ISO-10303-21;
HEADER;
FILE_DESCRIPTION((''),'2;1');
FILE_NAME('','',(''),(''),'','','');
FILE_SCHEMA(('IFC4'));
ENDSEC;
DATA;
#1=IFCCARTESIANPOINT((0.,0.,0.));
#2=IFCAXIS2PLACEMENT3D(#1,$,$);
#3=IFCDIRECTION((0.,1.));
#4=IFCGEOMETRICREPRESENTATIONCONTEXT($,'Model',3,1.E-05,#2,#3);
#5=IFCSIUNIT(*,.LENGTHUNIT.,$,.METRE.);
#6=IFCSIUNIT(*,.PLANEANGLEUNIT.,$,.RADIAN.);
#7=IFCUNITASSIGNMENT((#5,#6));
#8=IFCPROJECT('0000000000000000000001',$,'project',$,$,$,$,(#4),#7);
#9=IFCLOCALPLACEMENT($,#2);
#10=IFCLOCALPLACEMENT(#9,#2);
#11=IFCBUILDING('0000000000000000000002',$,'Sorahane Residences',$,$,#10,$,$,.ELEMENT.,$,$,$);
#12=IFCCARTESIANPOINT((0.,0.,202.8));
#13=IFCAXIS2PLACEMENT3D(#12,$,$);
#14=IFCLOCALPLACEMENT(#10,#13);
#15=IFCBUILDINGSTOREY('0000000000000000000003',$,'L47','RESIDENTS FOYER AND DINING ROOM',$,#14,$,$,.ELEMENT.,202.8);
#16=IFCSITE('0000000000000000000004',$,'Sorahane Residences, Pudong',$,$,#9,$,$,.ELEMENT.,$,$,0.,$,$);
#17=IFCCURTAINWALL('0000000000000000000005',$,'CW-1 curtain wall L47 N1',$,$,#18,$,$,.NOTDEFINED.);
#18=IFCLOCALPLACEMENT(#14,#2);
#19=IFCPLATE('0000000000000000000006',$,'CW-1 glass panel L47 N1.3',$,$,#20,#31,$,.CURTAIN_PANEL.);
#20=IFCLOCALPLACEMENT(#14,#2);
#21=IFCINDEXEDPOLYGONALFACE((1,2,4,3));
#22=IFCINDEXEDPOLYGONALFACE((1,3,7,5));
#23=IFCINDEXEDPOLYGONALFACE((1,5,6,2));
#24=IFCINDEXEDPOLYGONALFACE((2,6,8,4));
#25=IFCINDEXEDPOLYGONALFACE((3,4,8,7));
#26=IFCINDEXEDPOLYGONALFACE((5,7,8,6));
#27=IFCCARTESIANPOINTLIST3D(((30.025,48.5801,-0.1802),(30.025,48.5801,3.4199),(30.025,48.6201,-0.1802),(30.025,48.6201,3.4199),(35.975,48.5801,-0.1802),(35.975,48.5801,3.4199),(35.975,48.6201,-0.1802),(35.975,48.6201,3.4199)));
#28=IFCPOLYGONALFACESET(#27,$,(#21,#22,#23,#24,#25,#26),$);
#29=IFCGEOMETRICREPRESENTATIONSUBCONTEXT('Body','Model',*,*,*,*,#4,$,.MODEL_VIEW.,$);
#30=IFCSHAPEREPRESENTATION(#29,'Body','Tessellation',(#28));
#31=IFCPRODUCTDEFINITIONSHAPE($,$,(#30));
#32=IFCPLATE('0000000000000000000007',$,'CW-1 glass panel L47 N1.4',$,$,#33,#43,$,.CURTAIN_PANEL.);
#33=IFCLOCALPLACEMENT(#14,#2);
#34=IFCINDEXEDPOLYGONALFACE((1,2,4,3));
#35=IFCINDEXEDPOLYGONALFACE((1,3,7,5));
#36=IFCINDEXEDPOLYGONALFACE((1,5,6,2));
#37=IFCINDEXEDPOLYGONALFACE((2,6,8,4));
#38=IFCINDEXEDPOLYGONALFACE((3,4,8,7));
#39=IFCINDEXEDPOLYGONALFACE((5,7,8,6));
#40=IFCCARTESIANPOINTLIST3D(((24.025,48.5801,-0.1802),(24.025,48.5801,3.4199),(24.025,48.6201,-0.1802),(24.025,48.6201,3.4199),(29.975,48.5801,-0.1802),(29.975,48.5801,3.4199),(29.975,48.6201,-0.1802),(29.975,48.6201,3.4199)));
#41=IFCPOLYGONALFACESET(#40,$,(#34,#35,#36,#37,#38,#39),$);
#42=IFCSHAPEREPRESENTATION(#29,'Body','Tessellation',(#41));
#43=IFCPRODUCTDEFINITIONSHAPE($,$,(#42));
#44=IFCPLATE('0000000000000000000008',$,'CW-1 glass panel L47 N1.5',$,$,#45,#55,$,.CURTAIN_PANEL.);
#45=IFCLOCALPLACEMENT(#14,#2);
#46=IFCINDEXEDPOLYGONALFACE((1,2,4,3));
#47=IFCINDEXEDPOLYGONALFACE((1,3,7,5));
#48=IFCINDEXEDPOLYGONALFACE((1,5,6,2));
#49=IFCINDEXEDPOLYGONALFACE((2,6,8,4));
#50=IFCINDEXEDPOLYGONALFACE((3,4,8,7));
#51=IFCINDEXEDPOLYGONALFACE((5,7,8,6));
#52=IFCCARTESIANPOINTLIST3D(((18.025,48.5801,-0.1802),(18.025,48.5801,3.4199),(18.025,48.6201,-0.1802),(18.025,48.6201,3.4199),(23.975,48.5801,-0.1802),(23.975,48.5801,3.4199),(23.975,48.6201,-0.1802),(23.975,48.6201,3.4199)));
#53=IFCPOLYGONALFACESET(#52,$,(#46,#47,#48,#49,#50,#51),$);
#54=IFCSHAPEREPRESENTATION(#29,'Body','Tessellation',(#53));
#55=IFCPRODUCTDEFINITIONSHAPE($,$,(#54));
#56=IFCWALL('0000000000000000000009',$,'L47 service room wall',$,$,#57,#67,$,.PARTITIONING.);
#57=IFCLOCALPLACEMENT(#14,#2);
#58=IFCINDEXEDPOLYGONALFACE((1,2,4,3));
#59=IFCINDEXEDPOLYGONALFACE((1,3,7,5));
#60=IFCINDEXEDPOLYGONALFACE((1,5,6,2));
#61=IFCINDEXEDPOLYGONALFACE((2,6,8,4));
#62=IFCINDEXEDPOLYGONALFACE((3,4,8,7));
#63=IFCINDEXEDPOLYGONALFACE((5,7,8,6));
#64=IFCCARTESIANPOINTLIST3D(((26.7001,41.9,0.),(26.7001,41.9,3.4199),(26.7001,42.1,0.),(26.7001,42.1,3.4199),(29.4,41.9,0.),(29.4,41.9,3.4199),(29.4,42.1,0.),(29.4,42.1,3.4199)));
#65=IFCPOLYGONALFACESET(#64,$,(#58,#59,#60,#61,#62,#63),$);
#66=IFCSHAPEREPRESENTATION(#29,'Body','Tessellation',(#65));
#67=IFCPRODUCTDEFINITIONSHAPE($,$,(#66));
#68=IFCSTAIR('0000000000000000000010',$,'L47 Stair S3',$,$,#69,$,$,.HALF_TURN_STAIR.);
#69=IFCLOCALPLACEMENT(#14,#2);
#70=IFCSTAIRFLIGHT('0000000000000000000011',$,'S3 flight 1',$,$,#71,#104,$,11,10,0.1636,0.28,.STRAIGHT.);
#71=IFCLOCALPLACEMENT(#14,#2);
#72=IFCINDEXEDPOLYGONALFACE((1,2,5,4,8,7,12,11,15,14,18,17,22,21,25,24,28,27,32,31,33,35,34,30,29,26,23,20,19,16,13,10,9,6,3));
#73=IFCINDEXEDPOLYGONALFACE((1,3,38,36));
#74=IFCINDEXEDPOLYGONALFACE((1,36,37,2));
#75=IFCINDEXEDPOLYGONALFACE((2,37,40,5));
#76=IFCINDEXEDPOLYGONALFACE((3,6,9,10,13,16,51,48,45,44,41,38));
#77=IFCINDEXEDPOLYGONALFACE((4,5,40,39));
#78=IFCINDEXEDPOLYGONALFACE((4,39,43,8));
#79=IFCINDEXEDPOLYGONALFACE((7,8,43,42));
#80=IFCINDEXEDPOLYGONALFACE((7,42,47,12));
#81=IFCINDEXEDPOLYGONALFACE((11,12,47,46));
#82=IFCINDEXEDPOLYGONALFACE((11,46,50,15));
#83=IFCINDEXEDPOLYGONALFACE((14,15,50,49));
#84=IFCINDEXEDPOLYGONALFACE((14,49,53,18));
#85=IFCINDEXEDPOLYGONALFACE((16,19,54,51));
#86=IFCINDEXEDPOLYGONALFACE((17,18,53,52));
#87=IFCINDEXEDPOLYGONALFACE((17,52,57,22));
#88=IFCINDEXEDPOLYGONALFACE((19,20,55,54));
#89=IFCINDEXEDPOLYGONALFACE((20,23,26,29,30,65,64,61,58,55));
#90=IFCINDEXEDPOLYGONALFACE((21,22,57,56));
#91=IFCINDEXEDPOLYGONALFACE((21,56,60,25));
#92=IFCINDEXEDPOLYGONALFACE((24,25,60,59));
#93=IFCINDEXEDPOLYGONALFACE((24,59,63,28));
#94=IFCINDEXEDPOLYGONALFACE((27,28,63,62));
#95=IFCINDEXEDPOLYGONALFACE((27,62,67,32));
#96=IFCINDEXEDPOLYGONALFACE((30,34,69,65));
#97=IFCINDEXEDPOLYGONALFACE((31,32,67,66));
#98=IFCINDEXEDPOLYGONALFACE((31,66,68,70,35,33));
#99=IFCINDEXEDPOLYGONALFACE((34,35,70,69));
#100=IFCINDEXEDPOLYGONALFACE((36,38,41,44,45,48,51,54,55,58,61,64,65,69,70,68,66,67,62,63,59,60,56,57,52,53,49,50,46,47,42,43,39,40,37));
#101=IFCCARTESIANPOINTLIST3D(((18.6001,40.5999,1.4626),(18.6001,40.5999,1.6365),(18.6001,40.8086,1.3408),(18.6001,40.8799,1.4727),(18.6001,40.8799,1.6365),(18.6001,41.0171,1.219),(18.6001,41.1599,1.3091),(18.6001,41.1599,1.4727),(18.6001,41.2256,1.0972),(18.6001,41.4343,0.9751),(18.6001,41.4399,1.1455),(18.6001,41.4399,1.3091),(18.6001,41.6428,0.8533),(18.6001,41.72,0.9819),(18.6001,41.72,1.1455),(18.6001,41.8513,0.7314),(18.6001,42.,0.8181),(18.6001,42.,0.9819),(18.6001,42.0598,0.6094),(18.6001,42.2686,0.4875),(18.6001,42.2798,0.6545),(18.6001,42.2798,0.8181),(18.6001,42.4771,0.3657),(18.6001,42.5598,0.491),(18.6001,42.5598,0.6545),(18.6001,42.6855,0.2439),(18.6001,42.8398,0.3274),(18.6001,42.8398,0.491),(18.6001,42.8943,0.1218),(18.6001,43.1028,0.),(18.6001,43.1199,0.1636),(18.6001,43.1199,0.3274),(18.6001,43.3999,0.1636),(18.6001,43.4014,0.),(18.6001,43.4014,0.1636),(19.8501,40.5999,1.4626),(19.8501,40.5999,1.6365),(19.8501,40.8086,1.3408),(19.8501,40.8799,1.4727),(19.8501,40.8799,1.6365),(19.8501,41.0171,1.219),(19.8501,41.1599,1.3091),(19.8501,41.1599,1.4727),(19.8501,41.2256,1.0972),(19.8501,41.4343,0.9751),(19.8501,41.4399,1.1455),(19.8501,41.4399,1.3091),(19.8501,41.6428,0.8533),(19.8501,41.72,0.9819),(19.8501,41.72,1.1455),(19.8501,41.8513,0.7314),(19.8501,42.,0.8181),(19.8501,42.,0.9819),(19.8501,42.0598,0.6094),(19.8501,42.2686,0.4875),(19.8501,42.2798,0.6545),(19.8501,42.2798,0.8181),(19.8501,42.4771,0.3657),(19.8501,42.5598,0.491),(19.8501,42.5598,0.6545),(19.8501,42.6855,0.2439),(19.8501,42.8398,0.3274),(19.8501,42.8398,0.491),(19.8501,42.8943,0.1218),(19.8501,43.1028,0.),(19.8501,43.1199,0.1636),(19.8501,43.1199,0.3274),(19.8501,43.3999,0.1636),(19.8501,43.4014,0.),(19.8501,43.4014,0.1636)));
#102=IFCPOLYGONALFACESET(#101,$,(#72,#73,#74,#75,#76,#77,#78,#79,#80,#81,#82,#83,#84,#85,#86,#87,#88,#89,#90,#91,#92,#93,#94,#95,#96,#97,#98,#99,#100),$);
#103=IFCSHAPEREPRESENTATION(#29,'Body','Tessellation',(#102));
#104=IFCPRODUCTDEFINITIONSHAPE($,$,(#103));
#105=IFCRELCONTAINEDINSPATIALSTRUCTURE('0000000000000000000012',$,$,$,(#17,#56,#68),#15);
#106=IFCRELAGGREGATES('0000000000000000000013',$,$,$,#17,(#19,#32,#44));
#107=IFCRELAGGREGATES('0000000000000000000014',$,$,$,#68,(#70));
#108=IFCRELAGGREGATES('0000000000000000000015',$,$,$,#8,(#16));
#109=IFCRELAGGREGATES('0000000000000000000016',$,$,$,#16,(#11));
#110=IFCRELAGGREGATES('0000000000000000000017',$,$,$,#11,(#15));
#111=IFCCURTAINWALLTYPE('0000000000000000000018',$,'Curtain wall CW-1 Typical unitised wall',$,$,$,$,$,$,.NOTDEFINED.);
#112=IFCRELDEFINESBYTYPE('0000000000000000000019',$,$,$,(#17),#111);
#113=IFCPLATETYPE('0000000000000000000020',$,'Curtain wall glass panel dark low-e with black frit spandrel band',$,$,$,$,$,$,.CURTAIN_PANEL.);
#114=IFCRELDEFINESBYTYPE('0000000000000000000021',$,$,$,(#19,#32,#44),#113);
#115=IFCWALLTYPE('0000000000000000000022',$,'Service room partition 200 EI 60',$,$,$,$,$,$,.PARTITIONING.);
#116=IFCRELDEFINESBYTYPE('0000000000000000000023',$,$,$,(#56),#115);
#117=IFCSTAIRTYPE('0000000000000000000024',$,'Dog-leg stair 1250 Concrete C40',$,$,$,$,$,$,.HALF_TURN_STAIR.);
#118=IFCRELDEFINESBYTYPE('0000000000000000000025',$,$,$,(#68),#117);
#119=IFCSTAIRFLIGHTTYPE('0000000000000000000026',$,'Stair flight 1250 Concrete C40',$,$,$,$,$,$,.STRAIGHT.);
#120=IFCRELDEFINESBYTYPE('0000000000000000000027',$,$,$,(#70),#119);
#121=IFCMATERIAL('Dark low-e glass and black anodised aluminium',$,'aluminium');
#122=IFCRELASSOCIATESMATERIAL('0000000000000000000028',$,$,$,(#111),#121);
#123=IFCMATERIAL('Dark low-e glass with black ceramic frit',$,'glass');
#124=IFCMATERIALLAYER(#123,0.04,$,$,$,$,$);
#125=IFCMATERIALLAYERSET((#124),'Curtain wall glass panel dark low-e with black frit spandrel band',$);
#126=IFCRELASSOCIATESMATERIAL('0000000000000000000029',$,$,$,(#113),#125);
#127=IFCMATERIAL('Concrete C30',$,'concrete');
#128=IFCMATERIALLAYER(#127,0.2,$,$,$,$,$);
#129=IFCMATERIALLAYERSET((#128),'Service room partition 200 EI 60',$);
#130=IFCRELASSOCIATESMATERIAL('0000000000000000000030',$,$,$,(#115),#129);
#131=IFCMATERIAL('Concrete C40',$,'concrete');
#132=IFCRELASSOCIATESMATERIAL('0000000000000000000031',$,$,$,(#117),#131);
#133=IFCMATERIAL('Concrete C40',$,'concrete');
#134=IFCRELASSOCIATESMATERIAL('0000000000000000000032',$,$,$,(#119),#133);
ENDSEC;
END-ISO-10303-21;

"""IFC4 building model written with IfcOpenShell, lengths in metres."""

from ifc_helpers import new_model, si_unit, direction, frame, frame_2d, origin, origin_2d, place, context, subcontext, project, spatial, polyline, rectangle, outline, extrude, material, layer, layer_set, type_object, element, aggregate, save


model = new_model("IFC4")

# Units and contexts
model_context = context("Model", 3, precision=1e-05, world=origin(), true_north=direction((0.0, 1.0)))
body_context = subcontext(model_context, "Body", "Model", "MODEL_VIEW")
ifc_project = project(units=[si_unit("LENGTHUNIT", "METRE"), si_unit("PLANEANGLEUNIT", "RADIAN")], contexts=[model_context])

# Site, building, storey
site_placement = place(None, origin())
site = spatial("IfcSite", under=ifc_project, at=site_placement, Name="Sorahane Residences, Pudong", CompositionType="ELEMENT", RefElevation=0.0)
building_placement = place(site_placement, origin())
building = spatial("IfcBuilding", under=site, at=building_placement, Name="Sorahane Residences", CompositionType="ELEMENT")
storey_placement = place(building_placement, frame((0.0, 0.0, 202.8)))
storey = spatial("IfcBuildingStorey", under=building, at=storey_placement, Name="L47", Description="RESIDENTS FOYER AND DINING ROOM", CompositionType="ELEMENT", Elevation=202.8)

# Curtain wall
ifc_material_1 = material(Name="Dark low-e glass and black anodised aluminium", Category="aluminium")
curtain_wall_type = type_object("IfcCurtainWallType", Name="Curtain wall CW-1 Typical unitised wall", PredefinedType="NOTDEFINED", material=ifc_material_1)
curtain_wall_placement = place(storey_placement, origin())
curtain_wall = element("IfcCurtainWall", 1, at=curtain_wall_placement, inside=storey, type_object=curtain_wall_type, Name="CW-1 curtain wall L47 N1", PredefinedType="NOTDEFINED")

# Plates
ifc_material_2 = material(Name="Dark low-e glass with black ceramic frit", Category="glass")
ifc_layer_1 = layer(ifc_material_2, 0.04)
ifc_layer_set_1 = layer_set([ifc_layer_1], Name="Curtain wall glass panel dark low-e with black frit spandrel band")
plate_type = type_object("IfcPlateType", Name="Curtain wall glass panel dark low-e with black frit spandrel band", PredefinedType="CURTAIN_PANEL", material=ifc_layer_set_1)
plate_1_placement = place(storey_placement, frame((33.0, 48.6001, -0.1802), z_axis=(0.0, 0.0, 1.0), x_axis=(-1.0, 0.0, 0.0)))
plate_1 = element("IfcPlate", 2, at=plate_1_placement, type_object=plate_type, Name="CW-1 glass panel L47 N1.3", PredefinedType="CURTAIN_PANEL", context=body_context, shape_type="SweptSolid", body=[
    extrude(rectangle(XDim=5.95, YDim=0.04, at=origin_2d()), origin(), (0.0, 0.0, 1.0), 3.6001),
])
plate_2_placement = place(storey_placement, frame((27.0, 48.6001, -0.1802), z_axis=(0.0, 0.0, 1.0), x_axis=(-1.0, 0.0, 0.0)))
plate_2 = element("IfcPlate", 3, at=plate_2_placement, type_object=plate_type, Name="CW-1 glass panel L47 N1.4", PredefinedType="CURTAIN_PANEL", context=body_context, shape_type="SweptSolid", body=[
    extrude(rectangle(XDim=5.95, YDim=0.04, at=origin_2d()), origin(), (0.0, 0.0, 1.0), 3.6001),
])
plate_3_placement = place(storey_placement, frame((21.0, 48.6001, -0.1802), z_axis=(0.0, 0.0, 1.0), x_axis=(-1.0, 0.0, 0.0)))
plate_3 = element("IfcPlate", 4, at=plate_3_placement, type_object=plate_type, Name="CW-1 glass panel L47 N1.5", PredefinedType="CURTAIN_PANEL", context=body_context, shape_type="SweptSolid", body=[
    extrude(rectangle(XDim=5.95, YDim=0.04, at=origin_2d()), origin(), (0.0, 0.0, 1.0), 3.6001),
])
aggregate(curtain_wall, [plate_1, plate_2, plate_3])

# Wall
ifc_material_3 = material(Name="Concrete C30", Category="concrete")
ifc_layer_2 = layer(ifc_material_3, 0.2)
ifc_layer_set_2 = layer_set([ifc_layer_2], Name="Service room partition 200 EI 60")
wall_type = type_object("IfcWallType", Name="Service room partition 200 EI 60", PredefinedType="PARTITIONING", material=ifc_layer_set_2)
wall_placement = place(storey_placement, frame((26.7, 42.0, 0.0), z_axis=(0.0, 0.0, 1.0), x_axis=(1.0, 0.0, 0.0)))
element("IfcWall", 5, at=wall_placement, inside=storey, type_object=wall_type, Name="L47 service room wall", PredefinedType="PARTITIONING", context=body_context, shape_type="SweptSolid", body=[
    extrude(rectangle(XDim=2.7, YDim=0.2, at=frame_2d((1.3501, 0.0))), origin(), (0.0, 0.0, 1.0), 3.4199),
])

# Stair, stair flight
ifc_material_4 = material(Name="Concrete C40", Category="concrete")
stair_type = type_object("IfcStairType", Name="Dog-leg stair 1250 Concrete C40", PredefinedType="HALF_TURN_STAIR", material=ifc_material_4)
stair_placement = place(storey_placement, origin())
stair = element("IfcStair", 6, at=stair_placement, inside=storey, type_object=stair_type, Name="L47 Stair S3", PredefinedType="HALF_TURN_STAIR")
ifc_material_5 = material(Name="Concrete C40", Category="concrete")
stair_flight_type = type_object("IfcStairFlightType", Name="Stair flight 1250 Concrete C40", PredefinedType="STRAIGHT", material=ifc_material_5)
stair_flight_placement = place(storey_placement, frame((19.2251, 43.3999, 0.0), z_axis=(0.0, 0.0, 1.0), x_axis=(0.0, -1.0, 0.0)))
stair_flight = element("IfcStairFlight", 7, at=stair_flight_placement, type_object=stair_flight_type, Name="S3 flight 1", NumberOfRisers=11, NumberOfTreads=10, PredefinedType="STRAIGHT", RiserHeight=0.1636, TreadLength=0.28, context=body_context, shape_type="SweptSolid", body=[
    extrude(outline(polyline([(-0.0015, 0.0), (-0.0015, 0.1636), (0.0, 0.1636), (0.28, 0.1636), (0.28, 0.3274), (0.5601, 0.3274), (0.5601, 0.491), (0.8401, 0.491), (0.8401, 0.6545), (1.1201, 0.6545), (1.1201, 0.8181), (1.3999, 0.8181), (1.3999, 0.9819), (1.6799, 0.9819), (1.6799, 1.1455), (1.96, 1.1455), (1.96, 1.3091), (2.24, 1.3091), (2.24, 1.4727), (2.52, 1.4727), (2.52, 1.6365), (2.8, 1.6365), (2.8, 1.8), (2.8, 1.4626), (2.5913, 1.3408), (2.3828, 1.219), (2.1743, 1.0972), (1.9656, 0.9751), (1.7571, 0.8533), (1.5486, 0.7314), (1.3401, 0.6094), (1.1313, 0.4875), (0.9229, 0.3657), (0.7144, 0.2439), (0.5056, 0.1218), (0.2971, 0.0), (-0.0015, 0.0)])), frame((0.0, 0.625, 0.0), z_axis=(0.0, -1.0, 0.0), x_axis=(1.0, 0.0, 0.0)), (0.0, 0.0, 1.0), 1.25),
])
aggregate(stair, [stair_flight])

save(model, "model.ifc")
